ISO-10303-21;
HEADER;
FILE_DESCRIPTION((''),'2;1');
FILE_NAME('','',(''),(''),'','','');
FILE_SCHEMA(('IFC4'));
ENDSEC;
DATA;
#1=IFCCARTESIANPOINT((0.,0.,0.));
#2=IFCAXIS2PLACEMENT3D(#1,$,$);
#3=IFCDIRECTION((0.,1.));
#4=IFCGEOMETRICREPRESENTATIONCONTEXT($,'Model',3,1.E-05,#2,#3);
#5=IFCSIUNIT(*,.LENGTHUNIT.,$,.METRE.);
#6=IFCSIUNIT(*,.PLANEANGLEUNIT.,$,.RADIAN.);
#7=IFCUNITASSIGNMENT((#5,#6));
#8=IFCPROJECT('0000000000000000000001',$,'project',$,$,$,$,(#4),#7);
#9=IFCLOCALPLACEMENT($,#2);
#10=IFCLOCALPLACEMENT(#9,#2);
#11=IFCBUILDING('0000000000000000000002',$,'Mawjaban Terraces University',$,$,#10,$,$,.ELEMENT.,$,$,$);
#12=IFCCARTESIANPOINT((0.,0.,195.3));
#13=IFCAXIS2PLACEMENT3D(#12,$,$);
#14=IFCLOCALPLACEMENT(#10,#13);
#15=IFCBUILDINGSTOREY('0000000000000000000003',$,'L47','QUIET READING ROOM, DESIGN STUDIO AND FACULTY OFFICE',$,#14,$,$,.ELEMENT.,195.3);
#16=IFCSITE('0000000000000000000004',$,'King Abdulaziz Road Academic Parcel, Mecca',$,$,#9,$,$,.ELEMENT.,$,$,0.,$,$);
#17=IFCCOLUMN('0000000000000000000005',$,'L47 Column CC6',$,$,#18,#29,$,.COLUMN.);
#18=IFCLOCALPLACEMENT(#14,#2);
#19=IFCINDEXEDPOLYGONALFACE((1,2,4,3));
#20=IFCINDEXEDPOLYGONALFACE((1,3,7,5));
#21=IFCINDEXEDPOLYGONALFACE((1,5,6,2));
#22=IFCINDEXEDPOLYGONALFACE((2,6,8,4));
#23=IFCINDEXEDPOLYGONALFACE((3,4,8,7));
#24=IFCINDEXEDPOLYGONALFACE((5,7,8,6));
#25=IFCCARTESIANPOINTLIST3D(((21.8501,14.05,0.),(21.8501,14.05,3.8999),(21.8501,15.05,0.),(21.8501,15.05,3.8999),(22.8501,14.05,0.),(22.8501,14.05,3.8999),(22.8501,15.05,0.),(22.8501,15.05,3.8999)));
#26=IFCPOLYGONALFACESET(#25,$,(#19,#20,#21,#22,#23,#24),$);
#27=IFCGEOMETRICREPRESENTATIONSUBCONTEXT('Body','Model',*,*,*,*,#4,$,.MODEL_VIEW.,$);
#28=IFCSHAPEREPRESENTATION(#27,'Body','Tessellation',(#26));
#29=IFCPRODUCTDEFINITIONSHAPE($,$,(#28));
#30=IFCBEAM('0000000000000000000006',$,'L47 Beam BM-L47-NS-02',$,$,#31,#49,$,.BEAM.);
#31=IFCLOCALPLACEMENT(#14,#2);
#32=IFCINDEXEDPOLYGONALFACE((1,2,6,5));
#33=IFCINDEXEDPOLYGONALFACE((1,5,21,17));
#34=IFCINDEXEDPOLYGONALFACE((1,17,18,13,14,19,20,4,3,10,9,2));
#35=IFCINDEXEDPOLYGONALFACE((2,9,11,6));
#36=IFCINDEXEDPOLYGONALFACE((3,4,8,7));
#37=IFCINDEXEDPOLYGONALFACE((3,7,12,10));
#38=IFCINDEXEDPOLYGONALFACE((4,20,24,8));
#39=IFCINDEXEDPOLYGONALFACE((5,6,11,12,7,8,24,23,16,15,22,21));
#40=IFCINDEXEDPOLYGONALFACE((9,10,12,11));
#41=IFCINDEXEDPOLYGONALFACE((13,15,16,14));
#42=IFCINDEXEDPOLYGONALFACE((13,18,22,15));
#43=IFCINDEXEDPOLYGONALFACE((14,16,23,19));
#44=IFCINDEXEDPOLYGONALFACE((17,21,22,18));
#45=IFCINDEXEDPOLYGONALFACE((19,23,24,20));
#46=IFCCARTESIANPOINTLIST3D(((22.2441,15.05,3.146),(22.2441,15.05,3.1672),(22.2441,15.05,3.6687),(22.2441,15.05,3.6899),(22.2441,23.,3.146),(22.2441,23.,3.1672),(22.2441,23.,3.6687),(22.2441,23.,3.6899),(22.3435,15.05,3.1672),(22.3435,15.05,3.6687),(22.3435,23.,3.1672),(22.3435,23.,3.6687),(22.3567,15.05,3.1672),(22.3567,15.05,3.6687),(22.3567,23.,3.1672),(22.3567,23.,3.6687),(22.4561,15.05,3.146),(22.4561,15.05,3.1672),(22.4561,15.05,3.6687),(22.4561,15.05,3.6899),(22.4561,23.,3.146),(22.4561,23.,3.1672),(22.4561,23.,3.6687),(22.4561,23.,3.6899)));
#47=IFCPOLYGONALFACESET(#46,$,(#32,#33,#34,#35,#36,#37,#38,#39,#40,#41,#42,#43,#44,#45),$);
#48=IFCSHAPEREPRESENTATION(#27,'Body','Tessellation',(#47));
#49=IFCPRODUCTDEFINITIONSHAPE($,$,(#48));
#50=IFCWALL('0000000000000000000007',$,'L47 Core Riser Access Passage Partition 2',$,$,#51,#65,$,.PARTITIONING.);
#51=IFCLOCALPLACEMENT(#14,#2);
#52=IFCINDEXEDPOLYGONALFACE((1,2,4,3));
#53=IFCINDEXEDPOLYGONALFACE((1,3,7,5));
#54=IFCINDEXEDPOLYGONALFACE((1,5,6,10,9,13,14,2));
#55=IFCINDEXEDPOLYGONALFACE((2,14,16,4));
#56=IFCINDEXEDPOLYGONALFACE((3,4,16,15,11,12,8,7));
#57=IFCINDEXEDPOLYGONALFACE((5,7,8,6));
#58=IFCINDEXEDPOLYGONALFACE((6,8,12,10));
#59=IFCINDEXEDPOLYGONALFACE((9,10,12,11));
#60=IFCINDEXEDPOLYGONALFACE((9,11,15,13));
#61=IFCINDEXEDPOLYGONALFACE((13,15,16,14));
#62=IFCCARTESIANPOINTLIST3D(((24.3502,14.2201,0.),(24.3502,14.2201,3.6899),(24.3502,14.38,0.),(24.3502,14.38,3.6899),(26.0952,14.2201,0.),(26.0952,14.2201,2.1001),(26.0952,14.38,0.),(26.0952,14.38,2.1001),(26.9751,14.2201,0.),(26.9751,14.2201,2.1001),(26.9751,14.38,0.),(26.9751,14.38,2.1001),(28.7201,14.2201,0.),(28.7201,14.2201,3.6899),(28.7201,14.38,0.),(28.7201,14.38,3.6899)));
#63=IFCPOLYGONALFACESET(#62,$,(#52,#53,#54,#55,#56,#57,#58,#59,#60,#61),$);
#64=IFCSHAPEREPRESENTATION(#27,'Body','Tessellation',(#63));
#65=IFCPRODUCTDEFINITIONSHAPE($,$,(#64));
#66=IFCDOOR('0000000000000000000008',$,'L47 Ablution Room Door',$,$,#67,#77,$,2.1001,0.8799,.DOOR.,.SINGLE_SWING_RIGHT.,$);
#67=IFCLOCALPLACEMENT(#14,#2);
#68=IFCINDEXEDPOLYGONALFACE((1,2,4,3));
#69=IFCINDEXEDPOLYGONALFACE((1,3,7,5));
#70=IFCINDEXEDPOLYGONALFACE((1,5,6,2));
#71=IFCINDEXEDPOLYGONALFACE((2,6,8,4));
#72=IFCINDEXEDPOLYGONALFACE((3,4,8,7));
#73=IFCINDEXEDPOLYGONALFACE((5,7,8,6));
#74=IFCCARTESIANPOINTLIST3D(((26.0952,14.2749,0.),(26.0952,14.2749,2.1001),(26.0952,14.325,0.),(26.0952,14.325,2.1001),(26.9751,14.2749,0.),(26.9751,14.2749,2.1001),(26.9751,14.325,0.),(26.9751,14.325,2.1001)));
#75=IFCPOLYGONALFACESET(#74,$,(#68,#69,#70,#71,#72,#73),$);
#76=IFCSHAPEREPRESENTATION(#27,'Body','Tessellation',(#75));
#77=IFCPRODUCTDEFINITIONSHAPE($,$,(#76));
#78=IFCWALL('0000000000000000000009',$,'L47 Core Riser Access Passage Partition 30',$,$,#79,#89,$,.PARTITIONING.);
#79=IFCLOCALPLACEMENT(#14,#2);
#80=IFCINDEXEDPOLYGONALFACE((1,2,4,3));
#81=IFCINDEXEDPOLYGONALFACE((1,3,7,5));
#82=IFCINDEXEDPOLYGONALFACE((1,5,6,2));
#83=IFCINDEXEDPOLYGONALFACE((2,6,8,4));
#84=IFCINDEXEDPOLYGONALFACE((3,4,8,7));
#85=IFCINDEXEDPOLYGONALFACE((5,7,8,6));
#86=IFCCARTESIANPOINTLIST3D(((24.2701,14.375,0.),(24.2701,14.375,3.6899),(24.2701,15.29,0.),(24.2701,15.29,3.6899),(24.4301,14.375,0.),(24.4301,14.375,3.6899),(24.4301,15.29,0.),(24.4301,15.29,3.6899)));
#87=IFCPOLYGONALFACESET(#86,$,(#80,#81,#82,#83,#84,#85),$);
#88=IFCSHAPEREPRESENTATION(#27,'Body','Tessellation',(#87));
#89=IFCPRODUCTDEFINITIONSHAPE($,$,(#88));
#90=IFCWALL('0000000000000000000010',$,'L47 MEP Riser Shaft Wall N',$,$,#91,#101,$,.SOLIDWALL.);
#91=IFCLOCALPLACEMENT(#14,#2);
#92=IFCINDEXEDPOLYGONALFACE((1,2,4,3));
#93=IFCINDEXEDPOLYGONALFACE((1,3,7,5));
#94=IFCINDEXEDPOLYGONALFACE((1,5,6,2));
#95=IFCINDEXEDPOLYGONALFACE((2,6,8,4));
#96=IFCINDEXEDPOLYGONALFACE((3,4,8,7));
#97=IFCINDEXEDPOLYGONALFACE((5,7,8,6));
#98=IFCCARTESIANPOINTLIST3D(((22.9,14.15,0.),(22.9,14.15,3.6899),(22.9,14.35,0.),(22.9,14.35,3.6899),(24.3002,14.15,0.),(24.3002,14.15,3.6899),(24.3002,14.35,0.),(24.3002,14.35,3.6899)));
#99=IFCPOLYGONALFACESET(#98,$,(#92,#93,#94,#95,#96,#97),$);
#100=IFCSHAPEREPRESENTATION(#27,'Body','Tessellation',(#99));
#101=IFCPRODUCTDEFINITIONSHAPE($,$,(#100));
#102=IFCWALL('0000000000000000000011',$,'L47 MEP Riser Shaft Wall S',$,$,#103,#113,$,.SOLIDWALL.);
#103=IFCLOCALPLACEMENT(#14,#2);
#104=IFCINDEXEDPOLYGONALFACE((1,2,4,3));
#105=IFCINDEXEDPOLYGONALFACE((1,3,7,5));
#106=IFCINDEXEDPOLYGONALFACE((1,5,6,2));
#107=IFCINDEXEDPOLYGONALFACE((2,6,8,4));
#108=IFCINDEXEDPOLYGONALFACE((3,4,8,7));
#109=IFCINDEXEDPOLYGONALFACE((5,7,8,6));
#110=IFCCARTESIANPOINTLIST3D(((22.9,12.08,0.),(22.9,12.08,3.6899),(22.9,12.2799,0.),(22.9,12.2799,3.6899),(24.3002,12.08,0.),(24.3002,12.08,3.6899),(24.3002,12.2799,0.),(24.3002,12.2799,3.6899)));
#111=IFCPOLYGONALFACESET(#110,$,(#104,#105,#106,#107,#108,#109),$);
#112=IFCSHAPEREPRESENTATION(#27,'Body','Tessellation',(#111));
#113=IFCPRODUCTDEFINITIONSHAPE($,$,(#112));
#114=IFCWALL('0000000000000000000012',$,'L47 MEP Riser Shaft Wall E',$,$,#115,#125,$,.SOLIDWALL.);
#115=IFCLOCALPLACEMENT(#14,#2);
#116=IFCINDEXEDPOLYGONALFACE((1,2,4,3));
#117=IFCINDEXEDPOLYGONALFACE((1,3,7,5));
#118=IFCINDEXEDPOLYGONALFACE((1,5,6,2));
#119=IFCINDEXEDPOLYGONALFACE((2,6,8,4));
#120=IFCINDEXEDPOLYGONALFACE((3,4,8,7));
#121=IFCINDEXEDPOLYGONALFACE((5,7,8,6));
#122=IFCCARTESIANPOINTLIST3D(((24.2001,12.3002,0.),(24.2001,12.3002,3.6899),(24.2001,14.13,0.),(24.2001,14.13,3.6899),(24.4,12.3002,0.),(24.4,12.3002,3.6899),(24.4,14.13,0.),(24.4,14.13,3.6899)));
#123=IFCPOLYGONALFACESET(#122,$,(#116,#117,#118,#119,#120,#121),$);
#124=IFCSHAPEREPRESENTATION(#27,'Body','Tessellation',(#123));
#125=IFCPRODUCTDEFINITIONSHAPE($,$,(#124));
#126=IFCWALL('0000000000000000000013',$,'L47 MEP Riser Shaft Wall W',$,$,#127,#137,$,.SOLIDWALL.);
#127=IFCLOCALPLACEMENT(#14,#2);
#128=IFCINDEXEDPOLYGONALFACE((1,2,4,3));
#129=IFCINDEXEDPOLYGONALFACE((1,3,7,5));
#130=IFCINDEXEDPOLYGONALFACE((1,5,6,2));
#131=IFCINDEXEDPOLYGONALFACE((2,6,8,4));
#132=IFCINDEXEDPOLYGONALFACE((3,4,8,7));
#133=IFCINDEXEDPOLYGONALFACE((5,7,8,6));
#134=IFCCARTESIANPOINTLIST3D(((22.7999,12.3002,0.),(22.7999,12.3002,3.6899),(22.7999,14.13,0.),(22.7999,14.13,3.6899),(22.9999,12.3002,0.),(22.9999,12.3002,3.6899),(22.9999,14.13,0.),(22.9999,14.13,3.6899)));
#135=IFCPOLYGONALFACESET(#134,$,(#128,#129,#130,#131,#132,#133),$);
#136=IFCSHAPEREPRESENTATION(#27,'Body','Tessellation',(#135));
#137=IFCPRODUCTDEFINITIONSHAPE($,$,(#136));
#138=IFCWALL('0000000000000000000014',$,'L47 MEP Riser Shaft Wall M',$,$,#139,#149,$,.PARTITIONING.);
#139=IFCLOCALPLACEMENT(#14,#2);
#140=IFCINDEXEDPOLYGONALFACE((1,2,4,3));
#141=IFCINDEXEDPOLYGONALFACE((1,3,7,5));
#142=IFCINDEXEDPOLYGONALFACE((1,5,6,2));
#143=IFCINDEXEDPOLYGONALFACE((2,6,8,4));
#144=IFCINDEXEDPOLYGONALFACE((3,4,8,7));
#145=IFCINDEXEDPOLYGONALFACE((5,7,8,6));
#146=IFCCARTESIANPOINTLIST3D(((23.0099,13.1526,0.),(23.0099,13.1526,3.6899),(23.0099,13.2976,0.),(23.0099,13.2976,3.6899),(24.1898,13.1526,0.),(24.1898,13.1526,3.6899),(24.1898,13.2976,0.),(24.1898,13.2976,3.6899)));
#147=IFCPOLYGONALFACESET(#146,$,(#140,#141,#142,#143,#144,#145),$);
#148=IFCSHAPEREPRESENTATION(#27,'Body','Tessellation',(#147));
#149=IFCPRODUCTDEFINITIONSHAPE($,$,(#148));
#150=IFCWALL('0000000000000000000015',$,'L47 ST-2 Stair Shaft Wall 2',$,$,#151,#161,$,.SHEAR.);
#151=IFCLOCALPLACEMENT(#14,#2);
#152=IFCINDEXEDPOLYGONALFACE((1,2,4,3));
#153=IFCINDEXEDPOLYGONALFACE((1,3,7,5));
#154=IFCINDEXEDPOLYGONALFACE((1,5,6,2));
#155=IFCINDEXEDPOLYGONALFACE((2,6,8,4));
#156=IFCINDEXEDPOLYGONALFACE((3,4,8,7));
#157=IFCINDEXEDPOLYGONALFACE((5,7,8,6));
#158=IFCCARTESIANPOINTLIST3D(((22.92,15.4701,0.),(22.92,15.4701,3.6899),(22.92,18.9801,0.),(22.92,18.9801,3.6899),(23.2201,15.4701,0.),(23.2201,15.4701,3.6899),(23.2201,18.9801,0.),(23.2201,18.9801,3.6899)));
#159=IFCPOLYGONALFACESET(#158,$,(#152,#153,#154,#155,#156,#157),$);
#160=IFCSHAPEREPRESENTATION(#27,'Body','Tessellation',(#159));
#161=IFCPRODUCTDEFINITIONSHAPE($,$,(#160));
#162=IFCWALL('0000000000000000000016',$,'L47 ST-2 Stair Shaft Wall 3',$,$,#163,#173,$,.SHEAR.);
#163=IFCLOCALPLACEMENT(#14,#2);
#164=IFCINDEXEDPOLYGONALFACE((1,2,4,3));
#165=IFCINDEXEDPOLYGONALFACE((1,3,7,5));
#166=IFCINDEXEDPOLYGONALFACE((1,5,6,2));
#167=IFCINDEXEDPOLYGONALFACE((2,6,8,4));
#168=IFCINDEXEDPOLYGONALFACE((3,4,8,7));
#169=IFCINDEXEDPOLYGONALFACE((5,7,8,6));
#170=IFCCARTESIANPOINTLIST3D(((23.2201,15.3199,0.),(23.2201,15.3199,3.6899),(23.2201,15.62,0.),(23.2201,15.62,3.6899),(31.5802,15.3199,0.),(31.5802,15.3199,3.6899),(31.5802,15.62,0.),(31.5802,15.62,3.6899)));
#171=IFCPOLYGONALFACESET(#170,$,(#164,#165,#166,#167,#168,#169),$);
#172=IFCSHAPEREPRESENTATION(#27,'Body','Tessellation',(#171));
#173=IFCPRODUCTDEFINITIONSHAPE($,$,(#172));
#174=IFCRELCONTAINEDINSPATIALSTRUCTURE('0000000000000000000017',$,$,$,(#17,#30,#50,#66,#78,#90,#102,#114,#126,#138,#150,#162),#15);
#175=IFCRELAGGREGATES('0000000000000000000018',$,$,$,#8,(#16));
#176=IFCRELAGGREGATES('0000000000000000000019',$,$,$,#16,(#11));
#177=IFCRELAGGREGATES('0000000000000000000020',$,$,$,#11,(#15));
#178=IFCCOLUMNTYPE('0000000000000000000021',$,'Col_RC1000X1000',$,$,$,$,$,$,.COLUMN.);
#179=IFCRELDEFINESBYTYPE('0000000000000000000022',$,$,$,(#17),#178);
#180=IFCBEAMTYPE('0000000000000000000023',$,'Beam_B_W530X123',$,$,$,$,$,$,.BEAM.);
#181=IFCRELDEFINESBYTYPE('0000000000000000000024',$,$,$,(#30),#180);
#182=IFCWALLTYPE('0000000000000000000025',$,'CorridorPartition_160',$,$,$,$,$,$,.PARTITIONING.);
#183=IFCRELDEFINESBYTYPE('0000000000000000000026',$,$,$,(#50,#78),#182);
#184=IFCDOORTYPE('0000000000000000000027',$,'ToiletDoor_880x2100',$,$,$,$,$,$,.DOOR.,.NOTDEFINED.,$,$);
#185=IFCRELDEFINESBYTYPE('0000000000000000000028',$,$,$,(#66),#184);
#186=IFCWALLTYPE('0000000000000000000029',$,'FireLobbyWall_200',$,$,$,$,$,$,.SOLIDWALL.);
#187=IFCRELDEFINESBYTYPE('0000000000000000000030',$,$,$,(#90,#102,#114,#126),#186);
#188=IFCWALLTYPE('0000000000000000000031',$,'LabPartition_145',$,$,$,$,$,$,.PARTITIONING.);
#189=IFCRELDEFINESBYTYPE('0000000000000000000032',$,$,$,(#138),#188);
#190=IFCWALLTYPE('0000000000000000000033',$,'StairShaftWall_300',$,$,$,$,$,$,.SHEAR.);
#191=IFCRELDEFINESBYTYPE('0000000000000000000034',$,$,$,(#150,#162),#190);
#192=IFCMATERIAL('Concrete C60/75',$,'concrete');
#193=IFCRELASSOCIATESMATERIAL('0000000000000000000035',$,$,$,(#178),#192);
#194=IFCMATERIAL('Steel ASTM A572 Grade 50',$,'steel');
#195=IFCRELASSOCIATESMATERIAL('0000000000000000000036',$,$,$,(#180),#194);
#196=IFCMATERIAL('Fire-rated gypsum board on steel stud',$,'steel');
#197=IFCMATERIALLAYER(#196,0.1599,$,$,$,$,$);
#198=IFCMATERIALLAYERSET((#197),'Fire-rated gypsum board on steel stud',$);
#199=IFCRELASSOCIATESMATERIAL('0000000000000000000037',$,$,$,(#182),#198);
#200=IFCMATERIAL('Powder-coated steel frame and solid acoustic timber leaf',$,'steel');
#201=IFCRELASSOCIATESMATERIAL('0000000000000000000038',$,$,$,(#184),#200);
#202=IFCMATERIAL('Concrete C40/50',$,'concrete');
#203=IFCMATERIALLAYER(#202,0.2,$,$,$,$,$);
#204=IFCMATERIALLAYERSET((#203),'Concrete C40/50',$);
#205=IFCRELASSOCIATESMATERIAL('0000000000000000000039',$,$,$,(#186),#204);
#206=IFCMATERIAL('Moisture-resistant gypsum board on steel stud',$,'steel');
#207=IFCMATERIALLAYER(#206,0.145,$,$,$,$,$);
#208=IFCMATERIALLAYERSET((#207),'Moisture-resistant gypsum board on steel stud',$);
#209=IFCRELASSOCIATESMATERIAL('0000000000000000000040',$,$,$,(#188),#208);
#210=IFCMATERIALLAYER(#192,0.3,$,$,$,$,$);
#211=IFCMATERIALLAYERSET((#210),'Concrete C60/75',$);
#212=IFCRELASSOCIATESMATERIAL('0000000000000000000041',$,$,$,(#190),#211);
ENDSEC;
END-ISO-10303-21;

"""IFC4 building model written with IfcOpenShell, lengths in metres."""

from ifc_helpers import new_model, si_unit, direction, frame, frame_2d, origin, origin_2d, place, context, subcontext, project, spatial, rectangle, i_section, extrude, material, layer, layer_set, material_profile, profile_set, type_object, element, fill, save


model = new_model("IFC4")

# Units and contexts
model_context = context("Model", 3, precision=1e-05, world=origin(), true_north=direction((0.0, 1.0)))
body_context = subcontext(model_context, "Body", "Model", "MODEL_VIEW")
ifc_project = project(units=[si_unit("LENGTHUNIT", "METRE"), si_unit("PLANEANGLEUNIT", "RADIAN")], contexts=[model_context])

# Site, building, storey
site_placement = place(None, origin())
site = spatial("IfcSite", under=ifc_project, at=site_placement, Name="King Abdulaziz Road Academic Parcel, Mecca", CompositionType="ELEMENT", RefElevation=0.0)
building_placement = place(site_placement, origin())
building = spatial("IfcBuilding", under=site, at=building_placement, Name="Mawjaban Terraces University", CompositionType="ELEMENT")
storey_placement = place(building_placement, frame((0.0, 0.0, 195.3)))
storey = spatial("IfcBuildingStorey", under=building, at=storey_placement, Name="L47", Description="QUIET READING ROOM, DESIGN STUDIO AND FACULTY OFFICE", CompositionType="ELEMENT", Elevation=195.3)

# Column
ifc_material_1 = material(Name="Concrete C60/75", Category="concrete")
ifc_material_profile_1 = material_profile(ifc_material_1, rectangle(XDim=1.0, YDim=1.0, at=origin_2d()), Name="RC1000X1000")
ifc_profile_set_1 = profile_set([ifc_material_profile_1], Name="Concrete C60/75")
column_type = type_object("IfcColumnType", Name="Col_RC1000X1000", PredefinedType="COLUMN", material=ifc_profile_set_1)
column_placement = place(storey_placement, frame((22.3501, 14.55, 0.0), z_axis=(0.0, 0.0, 1.0), x_axis=(1.0, 0.0, 0.0)))
element("IfcColumn", 1, at=column_placement, inside=storey, type_object=column_type, Name="L47 Column CC6", PredefinedType="COLUMN", context=body_context, shape_type="SweptSolid", body=[
    extrude(rectangle(XDim=1.0, YDim=1.0, at=origin_2d()), origin(), (0.0, 0.0, 1.0), 3.8999),
])

# Beam
ifc_material_2 = material(Name="Steel ASTM A572 Grade 50", Category="steel")
ifc_material_profile_2 = material_profile(ifc_material_2, i_section(OverallWidth=0.2119, OverallDepth=0.5439, WebThickness=0.0132, FlangeThickness=0.0212, at=origin_2d()), Name="W530X123")
ifc_profile_set_2 = profile_set([ifc_material_profile_2], Name="Steel ASTM A572 Grade 50")
beam_type = type_object("IfcBeamType", Name="Beam_B_W530X123", PredefinedType="BEAM", material=ifc_profile_set_2)
beam_placement = place(storey_placement, frame((22.3501, 15.05, 3.418), z_axis=(0.0, 1.0, 0.0), x_axis=(-1.0, 0.0, 0.0)))
element("IfcBeam", 2, at=beam_placement, inside=storey, type_object=beam_type, Name="L47 Beam BM-L47-NS-02", PredefinedType="BEAM", context=body_context, shape_type="SweptSolid", body=[
    extrude(i_section(OverallWidth=0.2119, OverallDepth=0.5439, WebThickness=0.0132, FlangeThickness=0.0212, at=origin_2d()), origin(), (0.0, 0.0, 1.0), 7.95),
])

# Wall, opening, door
ifc_material_3 = material(Name="Fire-rated gypsum board on steel stud", Category="steel")
ifc_layer_1 = layer(ifc_material_3, 0.1599)
ifc_layer_set_1 = layer_set([ifc_layer_1], Name="Fire-rated gypsum board on steel stud")
wall_type_1 = type_object("IfcWallType", Name="CorridorPartition_160", PredefinedType="PARTITIONING", material=ifc_layer_set_1)
wall_1_placement = place(storey_placement, frame((24.3501, 14.3, 0.0), z_axis=(0.0, 0.0, 1.0), x_axis=(1.0, 0.0, 0.0)))
wall_1 = element("IfcWall", 3, at=wall_1_placement, inside=storey, type_object=wall_type_1, Name="L47 Core Riser Access Passage Partition 2", PredefinedType="PARTITIONING", context=body_context, shape_type="SweptSolid", body=[
    extrude(rectangle(XDim=4.3699, YDim=0.1599, at=frame_2d((2.1851, 0.0))), origin(), (0.0, 0.0, 1.0), 3.6899),
])
opening_placement = place(wall_1_placement, frame((1.7451, 0.0, 0.0)))
opening = element("IfcOpeningElement", 4, at=opening_placement, cuts=wall_1, PredefinedType="OPENING", context=body_context, shape_type="SweptSolid", body=[
    extrude(rectangle(XDim=0.8799, YDim=2.1001, at=frame_2d((0.4399, 1.05))), frame((0.0, 0.0898, 0.0), z_axis=(0.0, -1.0, 0.0), x_axis=(1.0, 0.0, 0.0)), (0.0, 0.0, 1.0), 0.1799),
])
ifc_material_4 = material(Name="Powder-coated steel frame and solid acoustic timber leaf", Category="steel")
door_type = type_object("IfcDoorType", Name="ToiletDoor_880x2100", OperationType="NOTDEFINED", PredefinedType="DOOR", material=ifc_material_4)
door_placement = place(opening_placement, origin())
door = element("IfcDoor", 5, at=door_placement, inside=storey, type_object=door_type, Name="L47 Ablution Room Door", OperationType="SINGLE_SWING_RIGHT", OverallHeight=2.1001, OverallWidth=0.8799, PredefinedType="DOOR", context=body_context, shape_type="SweptSolid", body=[
    extrude(rectangle(XDim=0.8799, YDim=2.1001, at=frame_2d((0.4399, 1.05))), frame((0.0, 0.0249, 0.0), z_axis=(0.0, -1.0, 0.0), x_axis=(1.0, 0.0, 0.0)), (0.0, 0.0, 1.0), 0.05),
])
fill(opening, door)

# Walls
wall_2_placement = place(storey_placement, frame((24.3501, 15.29, 0.0), z_axis=(0.0, 0.0, 1.0), x_axis=(0.0, -1.0, 0.0)))
element("IfcWall", 6, at=wall_2_placement, inside=storey, type_object=wall_type_1, Name="L47 Core Riser Access Passage Partition 30", PredefinedType="PARTITIONING", context=body_context, shape_type="SweptSolid", body=[
    extrude(rectangle(XDim=0.915, YDim=0.1599, at=frame_2d((0.4575, 0.0))), origin(), (0.0, 0.0, 1.0), 3.6899),
])
ifc_material_5 = material(Name="Concrete C40/50", Category="concrete")
ifc_layer_2 = layer(ifc_material_5, 0.2)
ifc_layer_set_2 = layer_set([ifc_layer_2], Name="Concrete C40/50")
wall_type_2 = type_object("IfcWallType", Name="FireLobbyWall_200", PredefinedType="SOLIDWALL", material=ifc_layer_set_2)
for number, where, z_axis, x_axis, name in (
    (7, (22.8999, 14.25, 0.0), (0.0, 0.0, 1.0), (1.0, 0.0, 0.0), "L47 MEP Riser Shaft Wall N"),
    (8, (22.8999, 12.1799, 0.0), (0.0, 0.0, 1.0), (1.0, 0.0, 0.0), "L47 MEP Riser Shaft Wall S"),
):
    element("IfcWall", number, at=place(storey_placement, frame(where, z_axis=z_axis, x_axis=x_axis)), inside=storey, type_object=wall_type_2, Name=name, PredefinedType="SOLIDWALL", context=body_context, shape_type="SweptSolid", body=[
        extrude(rectangle(XDim=1.4001, YDim=0.2, at=frame_2d((0.7002, 0.0))), origin(), (0.0, 0.0, 1.0), 3.6899),
    ])
for number, where, z_axis, x_axis, name in (
    (9, (24.3, 12.3, 0.0), (0.0, 0.0, 1.0), (0.0, 1.0, 0.0), "L47 MEP Riser Shaft Wall E"),
    (10, (22.8999, 12.3, 0.0), (0.0, 0.0, 1.0), (0.0, 1.0, 0.0), "L47 MEP Riser Shaft Wall W"),
):
    element("IfcWall", number, at=place(storey_placement, frame(where, z_axis=z_axis, x_axis=x_axis)), inside=storey, type_object=wall_type_2, Name=name, PredefinedType="SOLIDWALL", context=body_context, shape_type="SweptSolid", body=[
        extrude(rectangle(XDim=1.8298, YDim=0.2, at=frame_2d((0.915, 0.0))), origin(), (0.0, 0.0, 1.0), 3.6899),
    ])
ifc_material_6 = material(Name="Moisture-resistant gypsum board on steel stud", Category="steel")
ifc_layer_3 = layer(ifc_material_6, 0.145)
ifc_layer_set_3 = layer_set([ifc_layer_3], Name="Moisture-resistant gypsum board on steel stud")
wall_type_3 = type_object("IfcWallType", Name="LabPartition_145", PredefinedType="PARTITIONING", material=ifc_layer_set_3)
wall_3_placement = place(storey_placement, frame((23.01, 13.2251, 0.0), z_axis=(0.0, 0.0, 1.0), x_axis=(1.0, 0.0, 0.0)))
element("IfcWall", 11, at=wall_3_placement, inside=storey, type_object=wall_type_3, Name="L47 MEP Riser Shaft Wall M", PredefinedType="PARTITIONING", context=body_context, shape_type="SweptSolid", body=[
    extrude(rectangle(XDim=1.1799, YDim=0.145, at=frame_2d((0.5898, 0.0))), origin(), (0.0, 0.0, 1.0), 3.6899),
])
ifc_layer_4 = layer(ifc_material_1, 0.3)
ifc_layer_set_4 = layer_set([ifc_layer_4], Name="Concrete C60/75")
wall_type_4 = type_object("IfcWallType", Name="StairShaftWall_300", PredefinedType="SHEAR", material=ifc_layer_set_4)
wall_4_placement = place(storey_placement, frame((23.0701, 18.98, 0.0), z_axis=(0.0, 0.0, 1.0), x_axis=(0.0, -1.0, 0.0)))
element("IfcWall", 12, at=wall_4_placement, inside=storey, type_object=wall_type_4, Name="L47 ST-2 Stair Shaft Wall 2", PredefinedType="SHEAR", context=body_context, shape_type="SweptSolid", body=[
    extrude(rectangle(XDim=3.51, YDim=0.3, at=frame_2d((1.7549, 0.0))), origin(), (0.0, 0.0, 1.0), 3.6899),
])
wall_5_placement = place(storey_placement, frame((23.22, 15.47, 0.0), z_axis=(0.0, 0.0, 1.0), x_axis=(1.0, 0.0, 0.0)))
element("IfcWall", 13, at=wall_5_placement, inside=storey, type_object=wall_type_4, Name="L47 ST-2 Stair Shaft Wall 3", PredefinedType="SHEAR", context=body_context, shape_type="SweptSolid", body=[
    extrude(rectangle(XDim=8.3601, YDim=0.3, at=frame_2d((4.1802, 0.0))), origin(), (0.0, 0.0, 1.0), 3.6899),
])

save(model, "model.ifc")
